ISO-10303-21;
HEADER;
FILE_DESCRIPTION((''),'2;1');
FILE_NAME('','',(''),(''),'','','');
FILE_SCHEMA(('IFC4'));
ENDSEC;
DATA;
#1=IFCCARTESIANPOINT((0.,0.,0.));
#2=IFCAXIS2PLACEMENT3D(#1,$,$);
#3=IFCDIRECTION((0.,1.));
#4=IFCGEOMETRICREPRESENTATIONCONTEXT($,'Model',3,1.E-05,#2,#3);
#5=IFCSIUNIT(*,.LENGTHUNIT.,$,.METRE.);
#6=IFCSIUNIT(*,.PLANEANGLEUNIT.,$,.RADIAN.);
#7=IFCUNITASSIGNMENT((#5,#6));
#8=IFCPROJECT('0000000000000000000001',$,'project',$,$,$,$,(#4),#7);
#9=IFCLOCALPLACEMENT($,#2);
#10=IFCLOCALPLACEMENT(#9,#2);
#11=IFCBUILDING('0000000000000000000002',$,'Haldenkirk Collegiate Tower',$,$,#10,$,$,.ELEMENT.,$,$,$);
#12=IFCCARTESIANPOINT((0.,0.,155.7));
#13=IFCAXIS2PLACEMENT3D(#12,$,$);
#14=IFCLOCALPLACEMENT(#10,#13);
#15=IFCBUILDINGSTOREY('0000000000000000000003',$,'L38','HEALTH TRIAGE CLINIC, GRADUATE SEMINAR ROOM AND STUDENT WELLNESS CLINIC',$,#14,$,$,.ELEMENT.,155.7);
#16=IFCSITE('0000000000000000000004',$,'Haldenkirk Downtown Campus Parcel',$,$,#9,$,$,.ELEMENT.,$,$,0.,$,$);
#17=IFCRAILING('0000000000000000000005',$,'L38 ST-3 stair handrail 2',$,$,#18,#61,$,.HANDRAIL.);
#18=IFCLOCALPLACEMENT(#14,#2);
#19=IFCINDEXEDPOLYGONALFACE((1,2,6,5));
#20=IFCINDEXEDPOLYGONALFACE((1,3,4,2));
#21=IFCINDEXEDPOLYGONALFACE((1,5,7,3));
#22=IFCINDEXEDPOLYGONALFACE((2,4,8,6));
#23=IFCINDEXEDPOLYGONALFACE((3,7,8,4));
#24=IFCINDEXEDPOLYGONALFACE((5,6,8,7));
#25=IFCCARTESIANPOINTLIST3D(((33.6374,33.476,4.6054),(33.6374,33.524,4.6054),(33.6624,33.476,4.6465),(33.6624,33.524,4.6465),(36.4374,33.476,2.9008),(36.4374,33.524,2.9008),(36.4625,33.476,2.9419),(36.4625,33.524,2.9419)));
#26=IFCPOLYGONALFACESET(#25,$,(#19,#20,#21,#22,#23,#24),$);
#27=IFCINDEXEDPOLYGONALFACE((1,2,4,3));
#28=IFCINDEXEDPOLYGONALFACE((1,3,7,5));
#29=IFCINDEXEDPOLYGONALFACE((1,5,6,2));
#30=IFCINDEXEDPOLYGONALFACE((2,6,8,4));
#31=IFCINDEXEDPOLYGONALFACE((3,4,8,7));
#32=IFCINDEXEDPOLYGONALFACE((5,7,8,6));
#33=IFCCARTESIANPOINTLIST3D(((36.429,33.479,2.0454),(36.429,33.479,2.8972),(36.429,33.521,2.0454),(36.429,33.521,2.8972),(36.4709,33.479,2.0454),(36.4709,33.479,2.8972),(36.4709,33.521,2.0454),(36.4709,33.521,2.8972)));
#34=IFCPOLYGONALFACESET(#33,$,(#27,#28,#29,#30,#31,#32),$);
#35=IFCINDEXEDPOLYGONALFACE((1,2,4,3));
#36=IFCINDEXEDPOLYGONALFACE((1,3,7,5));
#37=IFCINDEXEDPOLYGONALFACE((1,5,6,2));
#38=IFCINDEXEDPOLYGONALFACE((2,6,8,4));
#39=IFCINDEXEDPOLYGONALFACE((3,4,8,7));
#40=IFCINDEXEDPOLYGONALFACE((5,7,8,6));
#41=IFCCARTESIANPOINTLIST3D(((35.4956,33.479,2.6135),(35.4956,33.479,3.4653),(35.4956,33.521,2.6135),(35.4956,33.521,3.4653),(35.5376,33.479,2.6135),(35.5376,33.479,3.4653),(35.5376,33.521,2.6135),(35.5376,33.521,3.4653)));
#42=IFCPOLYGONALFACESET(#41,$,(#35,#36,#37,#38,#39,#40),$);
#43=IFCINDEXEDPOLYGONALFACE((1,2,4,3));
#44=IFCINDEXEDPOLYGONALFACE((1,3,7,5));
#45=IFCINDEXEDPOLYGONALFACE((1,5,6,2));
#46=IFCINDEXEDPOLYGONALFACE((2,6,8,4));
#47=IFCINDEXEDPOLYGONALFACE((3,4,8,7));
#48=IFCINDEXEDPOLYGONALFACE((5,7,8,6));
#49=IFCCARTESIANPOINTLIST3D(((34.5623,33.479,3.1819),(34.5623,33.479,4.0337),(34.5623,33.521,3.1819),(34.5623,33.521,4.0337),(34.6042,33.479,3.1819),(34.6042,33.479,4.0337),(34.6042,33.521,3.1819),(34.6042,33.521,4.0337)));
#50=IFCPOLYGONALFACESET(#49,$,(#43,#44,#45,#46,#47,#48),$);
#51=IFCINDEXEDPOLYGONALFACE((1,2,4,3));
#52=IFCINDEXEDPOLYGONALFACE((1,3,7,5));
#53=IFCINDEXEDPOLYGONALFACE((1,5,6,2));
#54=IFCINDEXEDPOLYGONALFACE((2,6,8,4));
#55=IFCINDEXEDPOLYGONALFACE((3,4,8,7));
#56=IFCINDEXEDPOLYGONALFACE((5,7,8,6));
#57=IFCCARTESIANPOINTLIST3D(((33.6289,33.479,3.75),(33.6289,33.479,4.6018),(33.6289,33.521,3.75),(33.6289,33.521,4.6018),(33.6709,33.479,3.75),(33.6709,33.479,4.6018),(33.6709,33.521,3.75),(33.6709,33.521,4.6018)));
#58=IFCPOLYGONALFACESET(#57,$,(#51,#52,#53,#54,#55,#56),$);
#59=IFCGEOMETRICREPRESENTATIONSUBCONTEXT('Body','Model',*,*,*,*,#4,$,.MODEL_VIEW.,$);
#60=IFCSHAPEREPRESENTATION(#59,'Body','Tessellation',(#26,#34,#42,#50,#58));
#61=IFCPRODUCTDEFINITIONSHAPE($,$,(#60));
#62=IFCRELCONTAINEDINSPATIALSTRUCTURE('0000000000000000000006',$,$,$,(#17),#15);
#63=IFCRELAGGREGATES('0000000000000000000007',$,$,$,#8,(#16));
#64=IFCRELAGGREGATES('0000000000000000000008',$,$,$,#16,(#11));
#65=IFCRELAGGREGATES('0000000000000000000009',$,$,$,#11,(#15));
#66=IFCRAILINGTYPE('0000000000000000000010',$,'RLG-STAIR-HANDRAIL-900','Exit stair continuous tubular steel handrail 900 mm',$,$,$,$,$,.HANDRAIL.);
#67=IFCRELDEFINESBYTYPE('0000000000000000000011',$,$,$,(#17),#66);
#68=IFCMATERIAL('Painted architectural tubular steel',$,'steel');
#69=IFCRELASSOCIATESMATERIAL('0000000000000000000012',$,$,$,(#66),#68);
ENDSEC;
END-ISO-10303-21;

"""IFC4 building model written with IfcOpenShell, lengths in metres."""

from ifc_helpers import new_model, si_unit, direction, frame, origin, origin_2d, place, context, subcontext, project, spatial, rectangle, extrude, material, type_object, element, save


model = new_model("IFC4")

# Units and contexts
model_context = context("Model", 3, precision=1e-05, world=origin(), true_north=direction((0.0, 1.0)))
body_context = subcontext(model_context, "Body", "Model", "MODEL_VIEW")
ifc_project = project(units=[si_unit("LENGTHUNIT", "METRE"), si_unit("PLANEANGLEUNIT", "RADIAN")], contexts=[model_context])

# Site, building, storey
site_placement = place(None, origin())
site = spatial("IfcSite", under=ifc_project, at=site_placement, Name="Haldenkirk Downtown Campus Parcel", CompositionType="ELEMENT", RefElevation=0.0)
building_placement = place(site_placement, origin())
building = spatial("IfcBuilding", under=site, at=building_placement, Name="Haldenkirk Collegiate Tower", CompositionType="ELEMENT")
storey_placement = place(building_placement, frame((0.0, 0.0, 155.7)))
storey = spatial("IfcBuildingStorey", under=building, at=storey_placement, Name="L38", Description="HEALTH TRIAGE CLINIC, GRADUATE SEMINAR ROOM AND STUDENT WELLNESS CLINIC", CompositionType="ELEMENT", Elevation=155.7)

# Railing
ifc_material_1 = material(Name="Painted architectural tubular steel", Category="steel")
railing_type_1 = type_object("IfcRailingType", Name="RLG-STAIR-HANDRAIL-900", Description="Exit stair continuous tubular steel handrail 900 mm", PredefinedType="HANDRAIL", material=ifc_material_1)
railing_1_placement = place(storey_placement, frame((36.45, 33.5, 2.0454)))
element("IfcRailing", 1, at=railing_1_placement, inside=storey, type_object=railing_type_1, Name="L38 ST-3 stair handrail 2", PredefinedType="HANDRAIL", context=body_context, shape_type="SweptSolid", body=[
    extrude(rectangle(XDim=0.0481, YDim=0.0481, at=origin_2d()), frame((0.0, 0.0, 0.876), z_axis=(-0.85417, 0.0, 0.519994), x_axis=(0.0, -1.0, 0.0)), (0.0, 0.0, 1.0), 3.2781),
    extrude(rectangle(XDim=0.042, YDim=0.042, at=origin_2d()), origin(), (0.0, 0.0, 1.0), 0.8518),
    extrude(rectangle(XDim=0.042, YDim=0.042, at=origin_2d()), frame((-0.9333, 0.0, 0.5681)), (0.0, 0.0, 1.0), 0.8518),
    extrude(rectangle(XDim=0.042, YDim=0.042, at=origin_2d()), frame((-1.8667, 0.0, 1.1365)), (0.0, 0.0, 1.0), 0.8518),
    extrude(rectangle(XDim=0.042, YDim=0.042, at=origin_2d()), frame((-2.8, 0.0, 1.7046)), (0.0, 0.0, 1.0), 0.8518),
])

save(model, "model.ifc")
